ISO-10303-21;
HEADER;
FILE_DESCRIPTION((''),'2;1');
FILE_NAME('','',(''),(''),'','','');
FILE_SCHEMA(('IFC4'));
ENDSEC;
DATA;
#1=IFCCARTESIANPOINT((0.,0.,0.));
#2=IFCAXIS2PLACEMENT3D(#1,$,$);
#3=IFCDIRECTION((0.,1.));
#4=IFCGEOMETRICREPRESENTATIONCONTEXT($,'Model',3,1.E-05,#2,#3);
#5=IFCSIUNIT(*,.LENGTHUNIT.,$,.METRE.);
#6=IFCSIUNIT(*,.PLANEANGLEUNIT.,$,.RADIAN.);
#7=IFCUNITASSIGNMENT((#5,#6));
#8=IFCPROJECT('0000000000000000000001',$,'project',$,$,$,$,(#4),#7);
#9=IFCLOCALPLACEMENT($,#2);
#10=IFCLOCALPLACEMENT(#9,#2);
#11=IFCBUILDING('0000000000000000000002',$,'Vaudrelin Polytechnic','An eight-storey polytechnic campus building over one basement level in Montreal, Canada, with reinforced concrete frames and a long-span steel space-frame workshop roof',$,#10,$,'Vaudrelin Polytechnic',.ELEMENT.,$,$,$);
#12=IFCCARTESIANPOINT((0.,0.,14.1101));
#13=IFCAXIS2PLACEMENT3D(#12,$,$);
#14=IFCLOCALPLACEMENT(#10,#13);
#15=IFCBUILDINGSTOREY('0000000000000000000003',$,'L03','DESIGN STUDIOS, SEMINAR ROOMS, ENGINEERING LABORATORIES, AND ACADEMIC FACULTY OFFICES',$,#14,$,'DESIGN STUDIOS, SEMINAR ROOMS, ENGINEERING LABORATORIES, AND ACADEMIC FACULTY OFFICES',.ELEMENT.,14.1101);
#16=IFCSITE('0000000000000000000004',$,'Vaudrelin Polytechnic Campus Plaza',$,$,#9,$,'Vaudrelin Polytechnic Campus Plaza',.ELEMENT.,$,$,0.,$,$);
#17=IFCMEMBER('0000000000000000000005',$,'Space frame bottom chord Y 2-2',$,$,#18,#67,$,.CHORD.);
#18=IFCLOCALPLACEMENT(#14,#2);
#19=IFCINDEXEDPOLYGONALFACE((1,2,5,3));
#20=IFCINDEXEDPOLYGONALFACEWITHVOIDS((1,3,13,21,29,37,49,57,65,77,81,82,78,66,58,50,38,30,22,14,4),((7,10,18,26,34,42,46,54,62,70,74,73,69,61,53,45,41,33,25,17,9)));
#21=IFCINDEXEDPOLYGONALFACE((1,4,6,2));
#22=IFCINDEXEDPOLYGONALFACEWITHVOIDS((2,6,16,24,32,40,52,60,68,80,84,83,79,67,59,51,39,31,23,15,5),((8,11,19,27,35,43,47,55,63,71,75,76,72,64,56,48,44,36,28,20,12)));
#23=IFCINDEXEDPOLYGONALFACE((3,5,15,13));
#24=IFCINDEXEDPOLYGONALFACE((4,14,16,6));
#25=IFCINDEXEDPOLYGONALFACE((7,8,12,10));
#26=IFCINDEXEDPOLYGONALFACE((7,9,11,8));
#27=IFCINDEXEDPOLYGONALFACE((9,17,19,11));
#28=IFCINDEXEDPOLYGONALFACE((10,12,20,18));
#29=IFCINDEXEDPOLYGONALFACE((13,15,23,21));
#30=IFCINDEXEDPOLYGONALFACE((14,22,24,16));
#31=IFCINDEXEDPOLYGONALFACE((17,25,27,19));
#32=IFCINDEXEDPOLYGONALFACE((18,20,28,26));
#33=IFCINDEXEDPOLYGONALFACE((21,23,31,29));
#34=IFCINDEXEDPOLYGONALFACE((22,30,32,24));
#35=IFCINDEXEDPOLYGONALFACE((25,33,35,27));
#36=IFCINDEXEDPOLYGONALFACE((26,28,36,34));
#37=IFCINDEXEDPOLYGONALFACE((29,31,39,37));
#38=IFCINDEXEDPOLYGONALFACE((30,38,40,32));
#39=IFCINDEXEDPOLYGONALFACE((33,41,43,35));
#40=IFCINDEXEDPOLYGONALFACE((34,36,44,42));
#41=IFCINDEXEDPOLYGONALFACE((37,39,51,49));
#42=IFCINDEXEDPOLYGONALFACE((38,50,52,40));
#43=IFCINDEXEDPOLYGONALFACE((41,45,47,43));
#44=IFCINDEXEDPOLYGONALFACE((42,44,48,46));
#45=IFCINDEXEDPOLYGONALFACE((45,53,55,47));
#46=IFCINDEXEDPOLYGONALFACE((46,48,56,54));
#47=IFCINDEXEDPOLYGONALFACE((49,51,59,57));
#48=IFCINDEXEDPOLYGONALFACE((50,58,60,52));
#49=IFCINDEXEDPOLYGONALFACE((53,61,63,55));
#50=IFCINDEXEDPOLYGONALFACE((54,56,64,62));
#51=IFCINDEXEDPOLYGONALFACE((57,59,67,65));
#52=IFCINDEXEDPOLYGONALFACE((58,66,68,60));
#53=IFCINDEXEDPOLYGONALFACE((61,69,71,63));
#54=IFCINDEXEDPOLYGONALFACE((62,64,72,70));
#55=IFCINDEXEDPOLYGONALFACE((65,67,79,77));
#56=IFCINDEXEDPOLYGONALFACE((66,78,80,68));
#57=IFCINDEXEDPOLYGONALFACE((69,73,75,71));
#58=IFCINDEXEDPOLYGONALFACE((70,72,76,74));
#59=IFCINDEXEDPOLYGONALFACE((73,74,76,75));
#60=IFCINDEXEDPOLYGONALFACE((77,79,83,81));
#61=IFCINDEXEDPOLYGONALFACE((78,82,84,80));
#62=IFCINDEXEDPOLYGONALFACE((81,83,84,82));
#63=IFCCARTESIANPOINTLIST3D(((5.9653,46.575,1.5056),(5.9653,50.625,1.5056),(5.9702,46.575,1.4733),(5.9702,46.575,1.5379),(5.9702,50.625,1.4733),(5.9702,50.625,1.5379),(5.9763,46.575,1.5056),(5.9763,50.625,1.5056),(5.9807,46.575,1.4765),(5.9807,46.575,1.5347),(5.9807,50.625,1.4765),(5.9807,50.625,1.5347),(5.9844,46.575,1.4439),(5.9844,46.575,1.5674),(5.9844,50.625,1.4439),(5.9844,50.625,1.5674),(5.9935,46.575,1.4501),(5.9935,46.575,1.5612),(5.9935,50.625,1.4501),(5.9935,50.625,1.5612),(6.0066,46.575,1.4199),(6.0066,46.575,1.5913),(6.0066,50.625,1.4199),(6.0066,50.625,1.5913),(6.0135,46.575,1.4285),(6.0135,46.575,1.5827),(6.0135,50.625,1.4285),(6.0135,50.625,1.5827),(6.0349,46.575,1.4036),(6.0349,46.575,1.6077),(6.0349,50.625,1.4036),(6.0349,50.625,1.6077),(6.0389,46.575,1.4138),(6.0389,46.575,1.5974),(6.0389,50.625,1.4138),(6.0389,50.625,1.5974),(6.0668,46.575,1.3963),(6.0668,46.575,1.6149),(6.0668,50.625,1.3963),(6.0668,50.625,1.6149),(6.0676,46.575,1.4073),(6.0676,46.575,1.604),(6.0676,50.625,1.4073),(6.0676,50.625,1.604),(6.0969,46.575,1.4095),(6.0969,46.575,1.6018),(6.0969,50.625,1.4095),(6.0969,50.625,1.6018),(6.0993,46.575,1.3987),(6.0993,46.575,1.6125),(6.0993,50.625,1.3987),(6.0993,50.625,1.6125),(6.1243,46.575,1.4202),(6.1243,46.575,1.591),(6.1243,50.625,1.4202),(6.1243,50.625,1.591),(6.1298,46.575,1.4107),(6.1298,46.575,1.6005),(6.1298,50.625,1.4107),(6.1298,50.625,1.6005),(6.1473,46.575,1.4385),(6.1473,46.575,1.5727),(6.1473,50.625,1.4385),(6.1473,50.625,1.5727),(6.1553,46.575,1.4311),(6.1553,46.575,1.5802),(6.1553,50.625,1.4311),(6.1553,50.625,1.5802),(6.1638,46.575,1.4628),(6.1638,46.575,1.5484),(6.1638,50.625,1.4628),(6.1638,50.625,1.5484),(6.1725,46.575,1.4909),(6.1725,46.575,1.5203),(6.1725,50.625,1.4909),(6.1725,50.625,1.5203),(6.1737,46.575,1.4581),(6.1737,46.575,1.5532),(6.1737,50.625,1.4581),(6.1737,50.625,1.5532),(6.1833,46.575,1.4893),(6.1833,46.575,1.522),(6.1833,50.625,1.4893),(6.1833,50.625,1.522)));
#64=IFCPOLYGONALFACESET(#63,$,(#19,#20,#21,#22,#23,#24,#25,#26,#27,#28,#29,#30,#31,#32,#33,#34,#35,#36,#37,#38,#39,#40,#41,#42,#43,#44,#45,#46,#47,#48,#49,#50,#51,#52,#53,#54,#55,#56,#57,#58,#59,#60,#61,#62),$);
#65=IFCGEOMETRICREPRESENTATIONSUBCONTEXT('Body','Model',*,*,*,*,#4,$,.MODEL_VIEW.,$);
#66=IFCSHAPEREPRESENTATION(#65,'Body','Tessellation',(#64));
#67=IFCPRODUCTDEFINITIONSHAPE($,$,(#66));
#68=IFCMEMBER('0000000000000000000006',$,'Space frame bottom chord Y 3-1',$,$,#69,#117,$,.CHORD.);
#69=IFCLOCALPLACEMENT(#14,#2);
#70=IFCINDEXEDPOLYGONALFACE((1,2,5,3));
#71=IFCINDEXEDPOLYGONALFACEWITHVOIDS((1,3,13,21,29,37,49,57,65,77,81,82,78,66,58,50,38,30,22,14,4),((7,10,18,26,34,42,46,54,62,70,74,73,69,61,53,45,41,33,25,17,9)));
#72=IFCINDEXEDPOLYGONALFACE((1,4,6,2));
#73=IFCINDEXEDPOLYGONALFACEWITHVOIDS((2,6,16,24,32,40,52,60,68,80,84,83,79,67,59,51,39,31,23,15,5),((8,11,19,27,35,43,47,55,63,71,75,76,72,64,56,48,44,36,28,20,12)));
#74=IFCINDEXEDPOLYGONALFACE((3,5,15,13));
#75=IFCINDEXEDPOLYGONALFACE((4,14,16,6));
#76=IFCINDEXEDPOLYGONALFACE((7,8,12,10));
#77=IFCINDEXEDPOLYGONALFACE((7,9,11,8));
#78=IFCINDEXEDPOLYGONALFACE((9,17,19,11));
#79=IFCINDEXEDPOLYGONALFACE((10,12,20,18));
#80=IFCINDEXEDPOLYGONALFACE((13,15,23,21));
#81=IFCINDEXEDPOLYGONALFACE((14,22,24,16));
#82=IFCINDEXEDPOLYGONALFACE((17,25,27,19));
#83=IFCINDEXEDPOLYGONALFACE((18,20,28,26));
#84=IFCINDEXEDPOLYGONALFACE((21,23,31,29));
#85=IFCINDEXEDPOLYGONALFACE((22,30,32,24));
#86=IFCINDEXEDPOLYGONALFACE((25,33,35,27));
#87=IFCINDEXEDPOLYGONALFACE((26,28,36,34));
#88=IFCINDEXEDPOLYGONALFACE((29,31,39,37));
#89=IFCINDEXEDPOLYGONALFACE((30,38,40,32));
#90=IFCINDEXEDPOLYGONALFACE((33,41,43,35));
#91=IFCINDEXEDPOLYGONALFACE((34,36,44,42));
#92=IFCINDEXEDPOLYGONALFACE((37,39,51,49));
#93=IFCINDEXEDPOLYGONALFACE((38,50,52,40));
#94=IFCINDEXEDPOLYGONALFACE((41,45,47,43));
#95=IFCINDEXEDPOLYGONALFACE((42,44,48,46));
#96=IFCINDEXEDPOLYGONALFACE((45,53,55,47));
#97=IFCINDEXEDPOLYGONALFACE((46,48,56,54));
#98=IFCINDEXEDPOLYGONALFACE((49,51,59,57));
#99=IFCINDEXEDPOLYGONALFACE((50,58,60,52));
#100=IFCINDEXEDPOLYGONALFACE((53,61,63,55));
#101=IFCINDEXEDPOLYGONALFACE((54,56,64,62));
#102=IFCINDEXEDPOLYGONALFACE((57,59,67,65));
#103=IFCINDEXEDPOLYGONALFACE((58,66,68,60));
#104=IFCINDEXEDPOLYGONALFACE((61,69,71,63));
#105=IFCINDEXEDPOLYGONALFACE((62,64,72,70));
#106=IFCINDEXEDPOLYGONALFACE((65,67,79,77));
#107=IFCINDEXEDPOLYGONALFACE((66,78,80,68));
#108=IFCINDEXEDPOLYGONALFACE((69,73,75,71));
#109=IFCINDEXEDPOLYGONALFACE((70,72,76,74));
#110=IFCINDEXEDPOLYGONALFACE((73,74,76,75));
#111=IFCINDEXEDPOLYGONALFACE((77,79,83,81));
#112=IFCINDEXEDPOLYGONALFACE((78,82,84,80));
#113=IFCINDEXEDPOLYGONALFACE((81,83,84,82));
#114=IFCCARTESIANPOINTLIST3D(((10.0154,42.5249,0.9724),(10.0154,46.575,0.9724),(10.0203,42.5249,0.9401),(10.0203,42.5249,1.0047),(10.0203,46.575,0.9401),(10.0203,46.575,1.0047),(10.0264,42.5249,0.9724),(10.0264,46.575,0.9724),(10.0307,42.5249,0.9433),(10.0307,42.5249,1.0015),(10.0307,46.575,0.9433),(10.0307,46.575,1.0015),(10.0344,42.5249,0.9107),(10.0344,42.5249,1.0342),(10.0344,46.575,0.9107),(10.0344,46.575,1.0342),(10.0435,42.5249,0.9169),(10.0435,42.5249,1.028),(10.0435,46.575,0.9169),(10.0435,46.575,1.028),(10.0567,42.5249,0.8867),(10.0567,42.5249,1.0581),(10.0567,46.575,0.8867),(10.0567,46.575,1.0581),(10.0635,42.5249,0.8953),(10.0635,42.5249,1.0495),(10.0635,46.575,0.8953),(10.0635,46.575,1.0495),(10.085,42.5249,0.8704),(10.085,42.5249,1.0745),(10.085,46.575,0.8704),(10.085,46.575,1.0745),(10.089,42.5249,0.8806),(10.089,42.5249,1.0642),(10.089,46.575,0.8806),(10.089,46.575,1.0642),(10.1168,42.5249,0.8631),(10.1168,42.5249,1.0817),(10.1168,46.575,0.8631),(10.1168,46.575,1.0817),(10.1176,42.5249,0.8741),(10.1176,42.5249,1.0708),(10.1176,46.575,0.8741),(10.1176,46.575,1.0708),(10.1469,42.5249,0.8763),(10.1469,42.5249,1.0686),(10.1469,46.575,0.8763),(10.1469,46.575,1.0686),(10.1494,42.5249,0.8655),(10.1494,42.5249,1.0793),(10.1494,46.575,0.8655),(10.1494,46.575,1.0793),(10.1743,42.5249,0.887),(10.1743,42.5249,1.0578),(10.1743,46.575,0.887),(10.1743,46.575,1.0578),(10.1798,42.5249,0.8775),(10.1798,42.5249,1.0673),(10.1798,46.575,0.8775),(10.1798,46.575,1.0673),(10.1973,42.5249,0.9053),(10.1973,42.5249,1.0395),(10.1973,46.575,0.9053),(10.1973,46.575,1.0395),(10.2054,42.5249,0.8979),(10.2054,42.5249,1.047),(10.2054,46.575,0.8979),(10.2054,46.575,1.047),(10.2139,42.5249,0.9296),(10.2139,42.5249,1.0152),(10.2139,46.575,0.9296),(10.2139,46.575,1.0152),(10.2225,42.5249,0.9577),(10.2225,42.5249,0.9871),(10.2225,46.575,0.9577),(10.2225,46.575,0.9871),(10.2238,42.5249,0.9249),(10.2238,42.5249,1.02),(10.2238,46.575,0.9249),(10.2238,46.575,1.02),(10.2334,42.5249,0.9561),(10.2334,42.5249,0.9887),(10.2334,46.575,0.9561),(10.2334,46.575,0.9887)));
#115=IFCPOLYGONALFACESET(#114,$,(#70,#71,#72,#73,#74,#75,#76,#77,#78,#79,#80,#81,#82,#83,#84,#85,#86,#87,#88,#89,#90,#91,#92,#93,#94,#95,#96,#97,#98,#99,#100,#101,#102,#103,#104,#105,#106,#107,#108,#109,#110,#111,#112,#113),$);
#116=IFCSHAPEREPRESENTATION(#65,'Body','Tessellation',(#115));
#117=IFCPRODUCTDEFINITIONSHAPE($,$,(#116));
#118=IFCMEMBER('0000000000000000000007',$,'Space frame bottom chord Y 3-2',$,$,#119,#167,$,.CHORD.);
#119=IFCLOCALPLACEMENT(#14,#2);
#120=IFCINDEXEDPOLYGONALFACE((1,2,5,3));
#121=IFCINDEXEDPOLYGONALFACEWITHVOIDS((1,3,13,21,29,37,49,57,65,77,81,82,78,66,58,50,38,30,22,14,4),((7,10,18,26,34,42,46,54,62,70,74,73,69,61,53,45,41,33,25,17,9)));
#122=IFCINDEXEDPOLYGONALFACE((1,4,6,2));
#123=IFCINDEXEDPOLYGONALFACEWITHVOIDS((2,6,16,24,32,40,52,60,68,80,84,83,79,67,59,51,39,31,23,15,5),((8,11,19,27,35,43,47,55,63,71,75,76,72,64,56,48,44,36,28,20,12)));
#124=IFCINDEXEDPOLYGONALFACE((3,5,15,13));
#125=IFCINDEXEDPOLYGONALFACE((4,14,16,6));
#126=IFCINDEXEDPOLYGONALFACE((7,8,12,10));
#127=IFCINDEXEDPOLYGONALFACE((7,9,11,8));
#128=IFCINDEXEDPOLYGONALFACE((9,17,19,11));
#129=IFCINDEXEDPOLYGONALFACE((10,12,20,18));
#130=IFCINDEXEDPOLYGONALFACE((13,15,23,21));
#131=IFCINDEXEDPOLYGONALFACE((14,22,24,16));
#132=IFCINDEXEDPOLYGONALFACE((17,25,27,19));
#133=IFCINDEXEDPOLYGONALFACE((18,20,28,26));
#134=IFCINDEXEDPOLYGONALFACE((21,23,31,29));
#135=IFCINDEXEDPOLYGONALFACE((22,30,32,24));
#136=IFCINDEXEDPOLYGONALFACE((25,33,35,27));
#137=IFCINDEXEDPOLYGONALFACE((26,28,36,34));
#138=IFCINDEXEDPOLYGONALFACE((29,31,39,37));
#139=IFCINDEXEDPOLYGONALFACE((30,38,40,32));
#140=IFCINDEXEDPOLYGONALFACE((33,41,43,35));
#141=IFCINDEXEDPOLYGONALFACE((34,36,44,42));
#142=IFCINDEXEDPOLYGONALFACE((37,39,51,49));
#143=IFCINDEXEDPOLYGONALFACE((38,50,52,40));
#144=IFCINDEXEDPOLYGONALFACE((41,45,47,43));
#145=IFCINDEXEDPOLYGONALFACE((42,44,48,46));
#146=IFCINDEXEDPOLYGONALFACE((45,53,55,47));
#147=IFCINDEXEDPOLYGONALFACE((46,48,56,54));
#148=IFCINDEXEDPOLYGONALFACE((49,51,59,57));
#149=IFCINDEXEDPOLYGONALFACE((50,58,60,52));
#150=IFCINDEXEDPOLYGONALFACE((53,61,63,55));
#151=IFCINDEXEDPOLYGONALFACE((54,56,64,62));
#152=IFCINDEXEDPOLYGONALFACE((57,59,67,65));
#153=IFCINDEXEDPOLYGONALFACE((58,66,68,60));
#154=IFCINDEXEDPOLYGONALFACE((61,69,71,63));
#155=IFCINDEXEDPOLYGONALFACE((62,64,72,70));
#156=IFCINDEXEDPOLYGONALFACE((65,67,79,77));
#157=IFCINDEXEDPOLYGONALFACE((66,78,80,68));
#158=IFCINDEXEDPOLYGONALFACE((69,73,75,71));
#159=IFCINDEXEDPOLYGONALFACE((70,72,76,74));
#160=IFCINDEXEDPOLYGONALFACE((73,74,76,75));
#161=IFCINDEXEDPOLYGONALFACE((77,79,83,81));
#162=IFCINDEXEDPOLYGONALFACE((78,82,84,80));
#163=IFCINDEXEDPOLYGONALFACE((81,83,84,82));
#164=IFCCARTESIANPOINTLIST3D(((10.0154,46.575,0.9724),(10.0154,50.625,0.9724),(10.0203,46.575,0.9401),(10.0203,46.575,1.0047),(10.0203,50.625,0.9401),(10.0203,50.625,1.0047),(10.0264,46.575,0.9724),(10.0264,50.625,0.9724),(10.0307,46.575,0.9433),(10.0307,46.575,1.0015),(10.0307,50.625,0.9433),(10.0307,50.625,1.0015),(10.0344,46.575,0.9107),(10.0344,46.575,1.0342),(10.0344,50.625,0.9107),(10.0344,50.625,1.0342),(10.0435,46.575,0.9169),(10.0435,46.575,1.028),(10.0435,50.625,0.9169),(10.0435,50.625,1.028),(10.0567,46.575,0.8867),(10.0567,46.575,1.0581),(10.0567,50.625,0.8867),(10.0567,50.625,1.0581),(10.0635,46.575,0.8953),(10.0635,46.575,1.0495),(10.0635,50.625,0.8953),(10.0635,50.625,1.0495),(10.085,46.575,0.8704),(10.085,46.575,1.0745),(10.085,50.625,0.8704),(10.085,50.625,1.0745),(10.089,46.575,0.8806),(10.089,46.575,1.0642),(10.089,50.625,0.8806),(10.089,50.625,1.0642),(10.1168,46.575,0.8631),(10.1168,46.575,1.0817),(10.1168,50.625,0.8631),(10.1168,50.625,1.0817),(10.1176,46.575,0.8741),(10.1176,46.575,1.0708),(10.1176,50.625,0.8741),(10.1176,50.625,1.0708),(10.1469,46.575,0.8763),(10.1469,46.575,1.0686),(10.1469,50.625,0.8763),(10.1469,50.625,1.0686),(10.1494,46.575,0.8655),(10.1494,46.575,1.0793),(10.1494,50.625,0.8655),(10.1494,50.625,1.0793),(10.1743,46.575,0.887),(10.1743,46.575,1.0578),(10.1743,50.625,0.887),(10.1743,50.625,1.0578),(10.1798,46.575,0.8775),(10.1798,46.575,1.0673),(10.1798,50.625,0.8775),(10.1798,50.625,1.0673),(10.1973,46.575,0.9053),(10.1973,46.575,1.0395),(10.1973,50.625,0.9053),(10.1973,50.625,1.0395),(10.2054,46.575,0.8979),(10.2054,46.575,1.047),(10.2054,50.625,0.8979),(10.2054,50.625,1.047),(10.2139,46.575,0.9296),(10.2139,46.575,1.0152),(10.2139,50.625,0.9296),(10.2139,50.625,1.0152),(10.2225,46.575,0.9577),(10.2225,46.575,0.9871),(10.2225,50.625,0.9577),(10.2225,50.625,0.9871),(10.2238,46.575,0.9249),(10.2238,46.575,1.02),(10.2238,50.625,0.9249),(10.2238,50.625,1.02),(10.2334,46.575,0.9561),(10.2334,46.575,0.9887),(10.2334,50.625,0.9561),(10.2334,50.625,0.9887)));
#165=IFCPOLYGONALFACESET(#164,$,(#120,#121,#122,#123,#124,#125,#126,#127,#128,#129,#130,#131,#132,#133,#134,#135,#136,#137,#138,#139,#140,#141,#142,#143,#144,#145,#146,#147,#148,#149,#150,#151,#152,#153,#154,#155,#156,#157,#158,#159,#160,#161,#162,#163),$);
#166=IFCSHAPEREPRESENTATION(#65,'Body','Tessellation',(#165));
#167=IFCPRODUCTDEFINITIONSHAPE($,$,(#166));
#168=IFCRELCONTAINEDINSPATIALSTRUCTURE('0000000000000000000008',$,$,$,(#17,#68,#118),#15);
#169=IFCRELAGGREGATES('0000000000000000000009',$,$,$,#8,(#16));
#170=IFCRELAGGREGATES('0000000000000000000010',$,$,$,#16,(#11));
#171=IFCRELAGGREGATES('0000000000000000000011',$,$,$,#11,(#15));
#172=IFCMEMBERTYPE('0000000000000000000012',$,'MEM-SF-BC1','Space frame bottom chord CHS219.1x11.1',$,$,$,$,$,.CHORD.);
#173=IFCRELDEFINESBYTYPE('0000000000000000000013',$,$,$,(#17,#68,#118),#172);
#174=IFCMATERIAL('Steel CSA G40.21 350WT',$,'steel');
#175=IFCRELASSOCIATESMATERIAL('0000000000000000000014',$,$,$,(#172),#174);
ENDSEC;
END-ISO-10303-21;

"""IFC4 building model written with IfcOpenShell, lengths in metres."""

from ifc_helpers import new_model, si_unit, direction, frame, origin, origin_2d, place, context, subcontext, project, spatial, hollow_circle, extrude, material, material_profile, profile_set, type_object, element, save


model = new_model("IFC4")

# Units and contexts
model_context = context("Model", 3, precision=1e-05, world=origin(), true_north=direction((0.0, 1.0)))
body_context = subcontext(model_context, "Body", "Model", "MODEL_VIEW")
ifc_project = project(units=[si_unit("LENGTHUNIT", "METRE"), si_unit("PLANEANGLEUNIT", "RADIAN")], contexts=[model_context])

# Site, building, storey
site_placement = place(None, origin())
site = spatial("IfcSite", under=ifc_project, at=site_placement, Name="Vaudrelin Polytechnic Campus Plaza", LongName="Vaudrelin Polytechnic Campus Plaza", CompositionType="ELEMENT", RefElevation=0.0)
building_placement = place(site_placement, origin())
building = spatial("IfcBuilding", under=site, at=building_placement, Name="Vaudrelin Polytechnic", Description="An eight-storey polytechnic campus building over one basement level in Montreal, Canada, with reinforced concrete frames and a long-span steel space-frame workshop roof", LongName="Vaudrelin Polytechnic", CompositionType="ELEMENT")
storey_placement = place(building_placement, frame((0.0, 0.0, 14.1101)))
storey = spatial("IfcBuildingStorey", under=building, at=storey_placement, Name="L03", Description="DESIGN STUDIOS, SEMINAR ROOMS, ENGINEERING LABORATORIES, AND ACADEMIC FACULTY OFFICES", LongName="DESIGN STUDIOS, SEMINAR ROOMS, ENGINEERING LABORATORIES, AND ACADEMIC FACULTY OFFICES", CompositionType="ELEMENT", Elevation=14.1101)

# Members
ifc_material = material(Name="Steel CSA G40.21 350WT", Category="steel")
ifc_material_profile_1 = material_profile(ifc_material, hollow_circle(Radius=0.1096, WallThickness=0.011, at=origin_2d()), Name="CHS219.1x11.1")
ifc_profile_set_1 = profile_set([ifc_material_profile_1], Name="Steel CSA G40.21 350WT")
member_type_1 = type_object("IfcMemberType", Name="MEM-SF-BC1", Description="Space frame bottom chord CHS219.1x11.1", PredefinedType="CHORD", material=ifc_profile_set_1)
for number, where, z_axis, x_axis, name in (
    (1, (6.075, 46.575, 1.5056), (0.0, 1.0, 0.0), (-1.0, 0.0, 0.0), "Space frame bottom chord Y 2-2"),
    (2, (10.125, 42.5249, 0.9724), (0.0, 1.0, 0.0), (-1.0, 0.0, 0.0), "Space frame bottom chord Y 3-1"),
    (3, (10.125, 46.575, 0.9724), (0.0, 1.0, 0.0), (-1.0, 0.0, 0.0), "Space frame bottom chord Y 3-2"),
):
    element("IfcMember", number, at=place(storey_placement, frame(where, z_axis=z_axis, x_axis=x_axis)), inside=storey, type_object=member_type_1, Name=name, PredefinedType="CHORD", context=body_context, shape_type="SweptSolid", body=[
        extrude(hollow_circle(Radius=0.1096, WallThickness=0.011, at=origin_2d()), origin(), (0.0, 0.0, 1.0), 4.05),
    ])

save(model, "model.ifc")
